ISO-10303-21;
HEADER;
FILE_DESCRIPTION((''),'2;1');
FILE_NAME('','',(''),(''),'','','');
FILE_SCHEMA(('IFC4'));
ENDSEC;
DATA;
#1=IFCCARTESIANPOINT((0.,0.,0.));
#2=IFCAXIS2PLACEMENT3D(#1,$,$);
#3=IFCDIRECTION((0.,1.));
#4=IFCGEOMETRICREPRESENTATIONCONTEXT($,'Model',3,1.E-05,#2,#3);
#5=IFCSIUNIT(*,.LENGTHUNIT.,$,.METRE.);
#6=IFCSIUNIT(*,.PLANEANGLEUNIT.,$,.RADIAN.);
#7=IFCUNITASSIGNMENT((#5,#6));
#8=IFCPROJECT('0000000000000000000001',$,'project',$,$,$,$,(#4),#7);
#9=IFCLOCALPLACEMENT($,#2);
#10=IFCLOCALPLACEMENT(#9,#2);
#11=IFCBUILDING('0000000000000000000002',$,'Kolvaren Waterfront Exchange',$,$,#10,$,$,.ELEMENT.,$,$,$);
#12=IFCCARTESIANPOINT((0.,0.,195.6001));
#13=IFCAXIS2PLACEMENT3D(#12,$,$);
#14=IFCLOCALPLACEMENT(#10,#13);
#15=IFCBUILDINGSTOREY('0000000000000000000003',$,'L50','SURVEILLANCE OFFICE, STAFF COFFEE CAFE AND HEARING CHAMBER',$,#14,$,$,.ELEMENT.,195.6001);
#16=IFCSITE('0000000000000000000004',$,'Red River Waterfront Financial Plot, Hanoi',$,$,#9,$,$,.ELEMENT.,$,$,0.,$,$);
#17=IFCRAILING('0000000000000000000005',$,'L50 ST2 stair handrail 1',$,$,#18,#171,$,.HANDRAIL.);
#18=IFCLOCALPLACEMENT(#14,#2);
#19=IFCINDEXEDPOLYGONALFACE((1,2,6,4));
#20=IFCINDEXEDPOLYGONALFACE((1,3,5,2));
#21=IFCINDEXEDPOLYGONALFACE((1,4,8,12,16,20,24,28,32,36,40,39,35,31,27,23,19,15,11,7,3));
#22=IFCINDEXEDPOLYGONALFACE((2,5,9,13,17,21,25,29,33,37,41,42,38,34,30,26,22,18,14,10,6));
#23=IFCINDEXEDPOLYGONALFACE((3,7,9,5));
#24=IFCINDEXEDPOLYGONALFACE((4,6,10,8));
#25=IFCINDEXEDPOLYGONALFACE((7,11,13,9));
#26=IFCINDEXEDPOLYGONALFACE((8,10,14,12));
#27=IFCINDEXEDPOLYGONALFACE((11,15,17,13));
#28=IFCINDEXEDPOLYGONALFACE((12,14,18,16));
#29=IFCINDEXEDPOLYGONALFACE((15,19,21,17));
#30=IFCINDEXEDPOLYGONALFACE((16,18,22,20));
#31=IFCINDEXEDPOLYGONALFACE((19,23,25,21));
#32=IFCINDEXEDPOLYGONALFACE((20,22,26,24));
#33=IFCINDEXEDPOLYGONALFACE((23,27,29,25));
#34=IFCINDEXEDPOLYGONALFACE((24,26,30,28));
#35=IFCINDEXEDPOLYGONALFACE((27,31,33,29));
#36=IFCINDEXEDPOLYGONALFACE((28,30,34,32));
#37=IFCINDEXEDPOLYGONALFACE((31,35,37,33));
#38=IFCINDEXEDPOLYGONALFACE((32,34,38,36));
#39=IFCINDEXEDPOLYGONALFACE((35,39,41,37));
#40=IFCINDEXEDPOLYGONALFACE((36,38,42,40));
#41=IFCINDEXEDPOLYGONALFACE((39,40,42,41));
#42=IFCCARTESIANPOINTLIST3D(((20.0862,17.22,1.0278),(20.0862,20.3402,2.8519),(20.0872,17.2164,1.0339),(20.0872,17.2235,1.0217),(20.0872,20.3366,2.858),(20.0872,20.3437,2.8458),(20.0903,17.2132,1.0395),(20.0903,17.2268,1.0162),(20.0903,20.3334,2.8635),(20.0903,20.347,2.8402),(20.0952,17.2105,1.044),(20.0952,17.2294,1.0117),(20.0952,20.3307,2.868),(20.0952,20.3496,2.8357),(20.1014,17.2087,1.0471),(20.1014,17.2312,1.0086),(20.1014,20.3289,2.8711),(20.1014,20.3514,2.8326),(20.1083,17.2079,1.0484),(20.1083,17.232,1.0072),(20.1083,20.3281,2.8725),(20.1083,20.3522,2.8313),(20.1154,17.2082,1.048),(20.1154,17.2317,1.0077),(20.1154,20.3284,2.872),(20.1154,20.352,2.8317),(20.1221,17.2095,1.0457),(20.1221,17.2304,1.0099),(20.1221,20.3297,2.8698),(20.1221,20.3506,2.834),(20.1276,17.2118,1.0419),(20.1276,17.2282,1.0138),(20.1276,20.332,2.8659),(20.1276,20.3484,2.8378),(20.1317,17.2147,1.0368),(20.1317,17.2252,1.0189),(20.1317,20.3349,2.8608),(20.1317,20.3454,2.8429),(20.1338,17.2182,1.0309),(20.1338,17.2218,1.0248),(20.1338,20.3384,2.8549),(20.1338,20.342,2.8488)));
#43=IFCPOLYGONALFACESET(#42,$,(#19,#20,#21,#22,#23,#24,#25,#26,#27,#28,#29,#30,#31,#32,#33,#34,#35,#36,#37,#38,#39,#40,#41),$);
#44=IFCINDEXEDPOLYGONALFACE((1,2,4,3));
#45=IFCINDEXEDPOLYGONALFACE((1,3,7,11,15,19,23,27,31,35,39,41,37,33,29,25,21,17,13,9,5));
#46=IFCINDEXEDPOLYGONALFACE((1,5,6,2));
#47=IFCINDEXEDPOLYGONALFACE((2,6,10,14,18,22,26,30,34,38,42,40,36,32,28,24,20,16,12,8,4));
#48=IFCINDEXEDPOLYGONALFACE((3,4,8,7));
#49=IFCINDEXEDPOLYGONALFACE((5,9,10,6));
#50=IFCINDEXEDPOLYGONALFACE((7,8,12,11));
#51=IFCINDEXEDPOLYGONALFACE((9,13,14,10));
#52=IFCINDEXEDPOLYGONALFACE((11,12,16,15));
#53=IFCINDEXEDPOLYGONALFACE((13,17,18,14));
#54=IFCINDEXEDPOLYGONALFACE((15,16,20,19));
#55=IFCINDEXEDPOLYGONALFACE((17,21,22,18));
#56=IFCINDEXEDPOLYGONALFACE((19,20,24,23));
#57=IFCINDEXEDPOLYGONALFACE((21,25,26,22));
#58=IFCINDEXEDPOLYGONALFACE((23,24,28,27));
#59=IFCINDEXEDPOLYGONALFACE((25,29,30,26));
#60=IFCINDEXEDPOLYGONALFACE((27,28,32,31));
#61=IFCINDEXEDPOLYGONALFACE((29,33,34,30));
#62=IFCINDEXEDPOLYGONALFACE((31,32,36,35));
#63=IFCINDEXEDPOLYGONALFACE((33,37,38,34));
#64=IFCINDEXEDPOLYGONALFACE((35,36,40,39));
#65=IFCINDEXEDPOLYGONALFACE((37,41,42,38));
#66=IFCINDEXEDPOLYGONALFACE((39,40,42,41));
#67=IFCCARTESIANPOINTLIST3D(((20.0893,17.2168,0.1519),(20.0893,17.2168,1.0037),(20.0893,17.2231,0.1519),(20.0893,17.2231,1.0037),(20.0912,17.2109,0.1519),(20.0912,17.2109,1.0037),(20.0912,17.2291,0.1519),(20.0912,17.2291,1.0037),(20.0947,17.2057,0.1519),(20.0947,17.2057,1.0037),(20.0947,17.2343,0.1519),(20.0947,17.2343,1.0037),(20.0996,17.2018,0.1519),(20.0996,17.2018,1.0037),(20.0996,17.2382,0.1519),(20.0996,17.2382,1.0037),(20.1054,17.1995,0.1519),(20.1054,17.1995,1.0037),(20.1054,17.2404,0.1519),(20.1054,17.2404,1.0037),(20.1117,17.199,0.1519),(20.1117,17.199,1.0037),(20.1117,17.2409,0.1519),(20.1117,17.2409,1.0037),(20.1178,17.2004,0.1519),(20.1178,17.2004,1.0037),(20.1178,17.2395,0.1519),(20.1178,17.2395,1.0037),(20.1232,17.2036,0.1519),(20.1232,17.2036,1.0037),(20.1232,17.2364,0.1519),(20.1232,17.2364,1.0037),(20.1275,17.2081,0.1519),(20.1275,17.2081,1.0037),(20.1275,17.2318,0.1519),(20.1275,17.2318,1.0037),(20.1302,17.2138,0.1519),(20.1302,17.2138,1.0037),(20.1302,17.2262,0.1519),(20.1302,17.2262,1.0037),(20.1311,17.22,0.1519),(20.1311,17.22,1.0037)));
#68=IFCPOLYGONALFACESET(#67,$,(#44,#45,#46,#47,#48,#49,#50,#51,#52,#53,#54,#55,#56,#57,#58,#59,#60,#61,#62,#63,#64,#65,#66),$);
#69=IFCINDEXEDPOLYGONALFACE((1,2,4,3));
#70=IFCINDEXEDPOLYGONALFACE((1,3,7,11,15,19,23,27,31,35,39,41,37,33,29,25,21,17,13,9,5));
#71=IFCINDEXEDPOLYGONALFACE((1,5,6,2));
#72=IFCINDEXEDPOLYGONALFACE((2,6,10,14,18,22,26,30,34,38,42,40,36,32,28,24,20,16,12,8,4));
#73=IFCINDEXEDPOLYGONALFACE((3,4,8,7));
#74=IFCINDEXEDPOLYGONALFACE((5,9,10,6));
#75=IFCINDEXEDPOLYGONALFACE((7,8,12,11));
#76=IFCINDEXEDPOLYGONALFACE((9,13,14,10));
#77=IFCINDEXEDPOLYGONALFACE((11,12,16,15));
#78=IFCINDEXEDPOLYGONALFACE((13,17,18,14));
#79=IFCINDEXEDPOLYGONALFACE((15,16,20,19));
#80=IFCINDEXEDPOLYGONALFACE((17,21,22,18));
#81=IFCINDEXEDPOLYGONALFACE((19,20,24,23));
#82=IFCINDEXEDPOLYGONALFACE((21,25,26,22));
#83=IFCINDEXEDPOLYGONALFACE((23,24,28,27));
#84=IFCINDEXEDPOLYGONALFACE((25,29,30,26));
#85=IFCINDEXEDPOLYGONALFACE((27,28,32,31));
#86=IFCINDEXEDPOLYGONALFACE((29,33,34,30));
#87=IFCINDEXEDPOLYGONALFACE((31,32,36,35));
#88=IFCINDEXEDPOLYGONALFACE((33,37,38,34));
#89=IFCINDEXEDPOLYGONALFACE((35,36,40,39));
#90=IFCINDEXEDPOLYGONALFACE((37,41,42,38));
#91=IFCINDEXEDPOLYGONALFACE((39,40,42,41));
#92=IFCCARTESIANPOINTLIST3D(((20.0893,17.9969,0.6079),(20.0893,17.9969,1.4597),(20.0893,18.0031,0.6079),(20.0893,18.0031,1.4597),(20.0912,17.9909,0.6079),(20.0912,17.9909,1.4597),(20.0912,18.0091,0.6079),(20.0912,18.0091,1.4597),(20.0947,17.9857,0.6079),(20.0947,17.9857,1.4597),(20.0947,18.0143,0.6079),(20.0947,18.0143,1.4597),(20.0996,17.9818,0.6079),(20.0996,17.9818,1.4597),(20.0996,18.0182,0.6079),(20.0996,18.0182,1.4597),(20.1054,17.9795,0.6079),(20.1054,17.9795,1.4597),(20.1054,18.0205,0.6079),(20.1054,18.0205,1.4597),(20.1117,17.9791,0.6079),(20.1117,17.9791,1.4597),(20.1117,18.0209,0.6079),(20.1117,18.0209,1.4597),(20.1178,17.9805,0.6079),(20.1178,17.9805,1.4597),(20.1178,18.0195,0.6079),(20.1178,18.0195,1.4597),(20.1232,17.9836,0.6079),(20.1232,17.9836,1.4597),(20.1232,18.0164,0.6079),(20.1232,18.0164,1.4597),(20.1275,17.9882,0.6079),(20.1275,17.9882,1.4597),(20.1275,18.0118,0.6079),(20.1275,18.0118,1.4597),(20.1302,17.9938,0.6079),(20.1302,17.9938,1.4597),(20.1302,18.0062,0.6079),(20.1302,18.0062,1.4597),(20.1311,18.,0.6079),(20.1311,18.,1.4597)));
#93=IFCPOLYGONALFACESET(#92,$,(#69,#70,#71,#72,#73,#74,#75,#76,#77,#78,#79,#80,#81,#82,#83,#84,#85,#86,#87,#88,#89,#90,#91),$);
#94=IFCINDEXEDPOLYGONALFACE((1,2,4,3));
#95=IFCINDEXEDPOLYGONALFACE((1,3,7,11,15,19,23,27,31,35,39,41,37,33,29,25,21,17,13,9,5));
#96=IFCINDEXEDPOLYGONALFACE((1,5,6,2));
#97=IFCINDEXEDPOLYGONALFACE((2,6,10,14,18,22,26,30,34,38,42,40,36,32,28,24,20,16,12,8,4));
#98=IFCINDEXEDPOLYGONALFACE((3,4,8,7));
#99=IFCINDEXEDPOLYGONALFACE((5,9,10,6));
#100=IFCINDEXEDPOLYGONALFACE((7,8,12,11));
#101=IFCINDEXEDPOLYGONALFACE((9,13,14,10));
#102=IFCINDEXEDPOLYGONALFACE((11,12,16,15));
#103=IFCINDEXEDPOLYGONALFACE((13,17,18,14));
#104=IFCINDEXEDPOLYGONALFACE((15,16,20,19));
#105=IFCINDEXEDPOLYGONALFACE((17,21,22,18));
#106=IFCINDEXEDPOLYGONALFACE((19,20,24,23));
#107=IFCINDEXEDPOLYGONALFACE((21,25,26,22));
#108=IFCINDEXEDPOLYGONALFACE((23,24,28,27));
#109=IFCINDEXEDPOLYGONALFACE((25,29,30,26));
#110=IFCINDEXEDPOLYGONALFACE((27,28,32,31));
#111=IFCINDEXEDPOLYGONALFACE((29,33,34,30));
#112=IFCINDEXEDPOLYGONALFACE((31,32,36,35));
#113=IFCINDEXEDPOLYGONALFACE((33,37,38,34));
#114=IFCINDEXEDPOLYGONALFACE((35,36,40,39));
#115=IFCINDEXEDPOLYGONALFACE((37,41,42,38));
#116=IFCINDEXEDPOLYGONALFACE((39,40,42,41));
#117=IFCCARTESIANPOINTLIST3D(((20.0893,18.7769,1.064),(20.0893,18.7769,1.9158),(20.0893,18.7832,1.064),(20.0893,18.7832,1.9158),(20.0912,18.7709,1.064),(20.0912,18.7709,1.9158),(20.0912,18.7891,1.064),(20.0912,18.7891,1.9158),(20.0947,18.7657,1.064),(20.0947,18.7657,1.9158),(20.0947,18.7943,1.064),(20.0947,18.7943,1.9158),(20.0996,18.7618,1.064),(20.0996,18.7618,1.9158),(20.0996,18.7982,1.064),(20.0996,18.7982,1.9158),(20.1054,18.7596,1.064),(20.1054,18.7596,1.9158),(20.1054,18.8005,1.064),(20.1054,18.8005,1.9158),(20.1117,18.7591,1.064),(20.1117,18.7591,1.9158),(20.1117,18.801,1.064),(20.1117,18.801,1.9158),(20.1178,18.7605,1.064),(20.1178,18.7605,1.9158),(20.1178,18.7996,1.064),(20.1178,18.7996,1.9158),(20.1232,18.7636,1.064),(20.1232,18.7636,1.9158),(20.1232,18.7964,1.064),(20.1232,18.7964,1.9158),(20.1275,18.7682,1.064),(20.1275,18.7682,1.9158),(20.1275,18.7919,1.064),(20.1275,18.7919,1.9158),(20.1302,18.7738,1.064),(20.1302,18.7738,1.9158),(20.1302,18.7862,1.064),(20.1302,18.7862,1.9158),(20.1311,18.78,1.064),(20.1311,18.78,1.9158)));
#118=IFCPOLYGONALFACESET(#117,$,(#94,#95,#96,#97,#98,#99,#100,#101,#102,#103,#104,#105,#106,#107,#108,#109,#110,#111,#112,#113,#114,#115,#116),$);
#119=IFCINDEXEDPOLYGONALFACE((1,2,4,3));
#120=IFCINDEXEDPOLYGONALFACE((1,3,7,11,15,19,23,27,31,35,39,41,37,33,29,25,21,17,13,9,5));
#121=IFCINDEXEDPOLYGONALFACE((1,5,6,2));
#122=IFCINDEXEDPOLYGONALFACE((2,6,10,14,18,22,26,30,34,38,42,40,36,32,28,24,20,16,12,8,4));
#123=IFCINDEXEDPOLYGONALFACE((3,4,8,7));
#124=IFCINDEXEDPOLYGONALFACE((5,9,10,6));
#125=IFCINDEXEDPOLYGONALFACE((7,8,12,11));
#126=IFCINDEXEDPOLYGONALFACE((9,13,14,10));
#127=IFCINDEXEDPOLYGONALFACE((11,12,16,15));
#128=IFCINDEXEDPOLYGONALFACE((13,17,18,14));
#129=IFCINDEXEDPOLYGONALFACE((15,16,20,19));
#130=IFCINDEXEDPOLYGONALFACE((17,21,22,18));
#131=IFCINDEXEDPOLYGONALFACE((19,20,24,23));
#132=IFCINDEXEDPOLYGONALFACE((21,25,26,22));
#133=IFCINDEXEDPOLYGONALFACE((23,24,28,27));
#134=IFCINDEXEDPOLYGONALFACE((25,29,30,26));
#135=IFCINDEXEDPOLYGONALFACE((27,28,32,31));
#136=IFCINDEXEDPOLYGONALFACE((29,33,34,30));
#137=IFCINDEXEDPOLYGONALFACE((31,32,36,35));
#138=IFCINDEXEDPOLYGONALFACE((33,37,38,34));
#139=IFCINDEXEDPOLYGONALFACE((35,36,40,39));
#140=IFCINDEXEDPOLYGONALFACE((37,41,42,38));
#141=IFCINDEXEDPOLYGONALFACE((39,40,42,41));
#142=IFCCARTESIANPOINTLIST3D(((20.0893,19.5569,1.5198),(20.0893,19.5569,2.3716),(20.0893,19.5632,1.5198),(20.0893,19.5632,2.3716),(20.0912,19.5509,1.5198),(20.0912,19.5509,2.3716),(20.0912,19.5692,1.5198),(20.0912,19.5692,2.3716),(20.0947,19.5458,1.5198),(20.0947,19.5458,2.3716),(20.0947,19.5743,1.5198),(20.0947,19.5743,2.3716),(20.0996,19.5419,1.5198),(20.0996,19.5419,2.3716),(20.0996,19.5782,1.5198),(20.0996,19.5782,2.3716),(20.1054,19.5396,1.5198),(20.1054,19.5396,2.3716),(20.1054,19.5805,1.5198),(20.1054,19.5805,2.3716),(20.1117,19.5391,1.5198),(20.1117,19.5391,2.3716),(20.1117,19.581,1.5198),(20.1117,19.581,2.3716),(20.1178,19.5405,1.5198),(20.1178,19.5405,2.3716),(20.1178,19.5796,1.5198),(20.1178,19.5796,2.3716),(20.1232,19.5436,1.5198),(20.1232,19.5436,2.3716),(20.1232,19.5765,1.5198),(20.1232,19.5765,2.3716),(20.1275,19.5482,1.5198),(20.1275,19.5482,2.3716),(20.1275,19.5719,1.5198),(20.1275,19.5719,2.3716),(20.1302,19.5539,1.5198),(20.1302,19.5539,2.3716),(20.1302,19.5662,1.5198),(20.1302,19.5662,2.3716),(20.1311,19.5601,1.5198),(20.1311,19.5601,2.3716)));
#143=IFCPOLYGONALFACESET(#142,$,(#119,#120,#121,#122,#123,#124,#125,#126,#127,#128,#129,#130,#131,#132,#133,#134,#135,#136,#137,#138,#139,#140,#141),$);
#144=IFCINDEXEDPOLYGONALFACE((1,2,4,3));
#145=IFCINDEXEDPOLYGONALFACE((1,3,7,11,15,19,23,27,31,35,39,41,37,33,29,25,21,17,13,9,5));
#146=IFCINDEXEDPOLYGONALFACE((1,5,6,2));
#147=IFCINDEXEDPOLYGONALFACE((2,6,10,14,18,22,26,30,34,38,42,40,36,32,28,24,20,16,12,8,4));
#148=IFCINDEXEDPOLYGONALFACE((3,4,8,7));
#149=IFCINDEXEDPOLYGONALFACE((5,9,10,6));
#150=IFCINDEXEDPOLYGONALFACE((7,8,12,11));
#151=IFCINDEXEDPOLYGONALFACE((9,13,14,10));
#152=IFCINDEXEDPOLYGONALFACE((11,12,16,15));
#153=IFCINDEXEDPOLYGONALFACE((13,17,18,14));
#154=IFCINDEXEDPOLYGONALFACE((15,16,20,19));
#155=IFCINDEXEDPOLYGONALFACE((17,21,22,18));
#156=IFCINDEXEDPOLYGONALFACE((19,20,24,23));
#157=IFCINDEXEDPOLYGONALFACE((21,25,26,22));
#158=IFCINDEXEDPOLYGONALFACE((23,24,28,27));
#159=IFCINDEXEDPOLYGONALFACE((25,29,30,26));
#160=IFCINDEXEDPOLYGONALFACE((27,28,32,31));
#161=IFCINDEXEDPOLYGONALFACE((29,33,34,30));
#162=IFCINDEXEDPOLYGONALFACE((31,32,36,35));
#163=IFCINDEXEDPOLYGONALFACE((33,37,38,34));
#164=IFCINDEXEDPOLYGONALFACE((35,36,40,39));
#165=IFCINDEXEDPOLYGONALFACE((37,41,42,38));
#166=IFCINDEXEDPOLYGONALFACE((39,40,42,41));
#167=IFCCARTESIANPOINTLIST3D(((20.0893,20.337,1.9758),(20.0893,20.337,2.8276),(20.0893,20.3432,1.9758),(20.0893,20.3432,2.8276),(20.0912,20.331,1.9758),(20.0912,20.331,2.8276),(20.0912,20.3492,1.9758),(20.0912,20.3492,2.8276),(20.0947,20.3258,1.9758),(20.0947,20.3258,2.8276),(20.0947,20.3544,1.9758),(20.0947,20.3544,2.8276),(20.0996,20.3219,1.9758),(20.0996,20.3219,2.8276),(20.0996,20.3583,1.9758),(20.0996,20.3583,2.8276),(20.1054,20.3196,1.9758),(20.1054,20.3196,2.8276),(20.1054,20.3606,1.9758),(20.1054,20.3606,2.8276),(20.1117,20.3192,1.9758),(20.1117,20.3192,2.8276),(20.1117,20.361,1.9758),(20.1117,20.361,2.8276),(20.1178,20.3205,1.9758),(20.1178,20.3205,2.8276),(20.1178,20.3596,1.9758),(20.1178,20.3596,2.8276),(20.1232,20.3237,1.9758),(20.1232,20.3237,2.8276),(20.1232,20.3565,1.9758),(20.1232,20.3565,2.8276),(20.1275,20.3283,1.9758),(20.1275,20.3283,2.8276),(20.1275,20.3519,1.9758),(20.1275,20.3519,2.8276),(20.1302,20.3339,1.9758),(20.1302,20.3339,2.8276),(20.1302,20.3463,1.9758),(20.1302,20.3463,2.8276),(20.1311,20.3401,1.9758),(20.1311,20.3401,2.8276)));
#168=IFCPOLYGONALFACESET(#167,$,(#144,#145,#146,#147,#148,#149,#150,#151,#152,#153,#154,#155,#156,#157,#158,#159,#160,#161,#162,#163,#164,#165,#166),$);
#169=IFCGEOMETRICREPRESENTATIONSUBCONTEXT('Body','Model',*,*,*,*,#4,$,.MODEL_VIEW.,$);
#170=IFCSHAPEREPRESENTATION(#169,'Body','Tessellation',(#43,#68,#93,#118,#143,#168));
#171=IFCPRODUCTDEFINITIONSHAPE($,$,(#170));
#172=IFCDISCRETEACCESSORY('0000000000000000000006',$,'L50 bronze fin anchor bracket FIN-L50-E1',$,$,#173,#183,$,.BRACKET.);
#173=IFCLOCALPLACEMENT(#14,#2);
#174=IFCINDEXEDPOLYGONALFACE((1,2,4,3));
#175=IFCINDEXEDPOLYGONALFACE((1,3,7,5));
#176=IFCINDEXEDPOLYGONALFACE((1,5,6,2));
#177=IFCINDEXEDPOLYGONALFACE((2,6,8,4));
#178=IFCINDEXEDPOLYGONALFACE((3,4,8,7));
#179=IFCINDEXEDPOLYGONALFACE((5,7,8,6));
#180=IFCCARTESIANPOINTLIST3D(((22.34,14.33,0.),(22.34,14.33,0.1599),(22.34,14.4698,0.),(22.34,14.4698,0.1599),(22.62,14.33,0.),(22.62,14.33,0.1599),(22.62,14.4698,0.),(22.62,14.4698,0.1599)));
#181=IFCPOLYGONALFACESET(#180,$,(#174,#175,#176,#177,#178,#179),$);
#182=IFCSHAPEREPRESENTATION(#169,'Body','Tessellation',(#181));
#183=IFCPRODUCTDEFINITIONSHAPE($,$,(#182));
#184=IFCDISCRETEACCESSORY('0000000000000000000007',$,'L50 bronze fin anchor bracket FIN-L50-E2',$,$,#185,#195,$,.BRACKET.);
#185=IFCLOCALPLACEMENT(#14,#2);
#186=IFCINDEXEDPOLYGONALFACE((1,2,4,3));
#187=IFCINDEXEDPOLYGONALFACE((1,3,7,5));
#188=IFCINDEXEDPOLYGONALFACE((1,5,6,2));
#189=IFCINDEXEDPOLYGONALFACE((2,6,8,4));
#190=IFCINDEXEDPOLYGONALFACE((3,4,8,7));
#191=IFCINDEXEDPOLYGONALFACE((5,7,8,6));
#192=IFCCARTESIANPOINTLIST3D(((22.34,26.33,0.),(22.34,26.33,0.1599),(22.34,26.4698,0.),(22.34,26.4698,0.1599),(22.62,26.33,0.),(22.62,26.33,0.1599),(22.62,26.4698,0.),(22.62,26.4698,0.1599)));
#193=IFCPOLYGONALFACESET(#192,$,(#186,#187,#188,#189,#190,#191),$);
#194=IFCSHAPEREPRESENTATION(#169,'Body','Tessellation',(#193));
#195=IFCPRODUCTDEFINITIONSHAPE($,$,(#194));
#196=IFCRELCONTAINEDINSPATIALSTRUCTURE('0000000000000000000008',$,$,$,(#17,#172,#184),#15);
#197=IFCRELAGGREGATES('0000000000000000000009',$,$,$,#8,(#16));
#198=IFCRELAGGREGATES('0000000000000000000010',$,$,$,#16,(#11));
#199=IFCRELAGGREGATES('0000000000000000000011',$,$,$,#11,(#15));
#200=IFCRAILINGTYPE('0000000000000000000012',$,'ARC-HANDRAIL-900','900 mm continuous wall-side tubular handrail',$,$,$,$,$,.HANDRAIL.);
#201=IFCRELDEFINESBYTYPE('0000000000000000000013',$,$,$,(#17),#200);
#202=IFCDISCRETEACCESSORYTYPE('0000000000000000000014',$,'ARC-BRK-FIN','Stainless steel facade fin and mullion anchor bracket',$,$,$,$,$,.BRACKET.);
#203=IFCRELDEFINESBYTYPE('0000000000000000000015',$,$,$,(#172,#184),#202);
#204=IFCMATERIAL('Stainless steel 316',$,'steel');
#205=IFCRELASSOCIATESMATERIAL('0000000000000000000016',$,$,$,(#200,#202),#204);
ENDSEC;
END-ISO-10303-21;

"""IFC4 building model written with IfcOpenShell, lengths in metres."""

from ifc_helpers import new_model, si_unit, direction, frame, origin, origin_with_axes, origin_2d, place, context, subcontext, project, spatial, rectangle, circle, extrude, source, transform, mapped, material, type_object, element, save


model = new_model("IFC4")

# Units and contexts
model_context = context("Model", 3, precision=1e-05, world=origin(), true_north=direction((0.0, 1.0)))
body_context = subcontext(model_context, "Body", "Model", "MODEL_VIEW")
ifc_project = project(units=[si_unit("LENGTHUNIT", "METRE"), si_unit("PLANEANGLEUNIT", "RADIAN")], contexts=[model_context])

# Site, building, storey
site_placement = place(None, origin())
site = spatial("IfcSite", under=ifc_project, at=site_placement, Name="Red River Waterfront Financial Plot, Hanoi", CompositionType="ELEMENT", RefElevation=0.0)
building_placement = place(site_placement, origin())
building = spatial("IfcBuilding", under=site, at=building_placement, Name="Kolvaren Waterfront Exchange", CompositionType="ELEMENT")
storey_placement = place(building_placement, frame((0.0, 0.0, 195.6001)))
storey = spatial("IfcBuildingStorey", under=building, at=storey_placement, Name="L50", Description="SURVEILLANCE OFFICE, STAFF COFFEE CAFE AND HEARING CHAMBER", CompositionType="ELEMENT", Elevation=195.6001)

# Railing
ifc_material_1 = material(Name="Stainless steel 316", Category="steel")
railing_type = type_object("IfcRailingType", Name="ARC-HANDRAIL-900", Description="900 mm continuous wall-side tubular handrail", PredefinedType="HANDRAIL", material=ifc_material_1)
railing_placement = place(storey_placement, frame((20.1101, 17.22, 0.1519)))
element("IfcRailing", 1, at=railing_placement, inside=storey, type_object=railing_type, Name="L50 ST2 stair handrail 1", PredefinedType="HANDRAIL", context=body_context, shape_type="SweptSolid", body=[
    extrude(circle(Radius=0.0239, at=origin_2d()), frame((0.0, 0.0, 0.876), z_axis=(0.0, 0.863308, 0.504677), x_axis=(-1.0, 0.0, 0.0)), (0.0, 0.0, 1.0), 3.6143),
    extrude(circle(Radius=0.021, at=origin_2d()), origin(), (0.0, 0.0, 1.0), 0.8518),
    extrude(circle(Radius=0.021, at=origin_2d()), frame((0.0, 0.78, 0.4561)), (0.0, 0.0, 1.0), 0.8518),
    extrude(circle(Radius=0.021, at=origin_2d()), frame((0.0, 1.5601, 0.9121)), (0.0, 0.0, 1.0), 0.8518),
    extrude(circle(Radius=0.021, at=origin_2d()), frame((0.0, 2.3401, 1.3679)), (0.0, 0.0, 1.0), 0.8518),
    extrude(circle(Radius=0.021, at=origin_2d()), frame((0.0, 3.1201, 1.824)), (0.0, 0.0, 1.0), 0.8518),
])

# Discrete accessories
discrete_accessory_type = type_object("IfcDiscreteAccessoryType", Name="ARC-BRK-FIN", Description="Stainless steel facade fin and mullion anchor bracket", PredefinedType="BRACKET", material=ifc_material_1)
shared_shape_1 = source(origin_with_axes(), body_context, "Body", "SweptSolid", [
    extrude(rectangle(XDim=0.28, YDim=0.1399, at=origin_2d()), origin(), (0.0, 0.0, 1.0), 0.1599),
])
for number, where, z_axis, x_axis, name in (
    (2, (22.48, 14.3999, 0.0), (0.0, 0.0, 1.0), (1.0, 0.0, 0.0), "L50 bronze fin anchor bracket FIN-L50-E1"),
    (3, (22.48, 26.3999, 0.0), (0.0, 0.0, 1.0), (1.0, 0.0, 0.0), "L50 bronze fin anchor bracket FIN-L50-E2"),
):
    element("IfcDiscreteAccessory", number, at=place(storey_placement, frame(where, z_axis=z_axis, x_axis=x_axis)), inside=storey, type_object=discrete_accessory_type, Name=name, PredefinedType="BRACKET", context=body_context, shape_type="MappedRepresentation", body=[
        mapped(shared_shape_1, transform((0.0, 0.0, 0.0), x_axis=(1.0, 0.0, 0.0), y_axis=(0.0, 1.0, 0.0), z_axis=(0.0, 0.0, 1.0), scale=1.0)),
    ])

save(model, "model.ifc")
